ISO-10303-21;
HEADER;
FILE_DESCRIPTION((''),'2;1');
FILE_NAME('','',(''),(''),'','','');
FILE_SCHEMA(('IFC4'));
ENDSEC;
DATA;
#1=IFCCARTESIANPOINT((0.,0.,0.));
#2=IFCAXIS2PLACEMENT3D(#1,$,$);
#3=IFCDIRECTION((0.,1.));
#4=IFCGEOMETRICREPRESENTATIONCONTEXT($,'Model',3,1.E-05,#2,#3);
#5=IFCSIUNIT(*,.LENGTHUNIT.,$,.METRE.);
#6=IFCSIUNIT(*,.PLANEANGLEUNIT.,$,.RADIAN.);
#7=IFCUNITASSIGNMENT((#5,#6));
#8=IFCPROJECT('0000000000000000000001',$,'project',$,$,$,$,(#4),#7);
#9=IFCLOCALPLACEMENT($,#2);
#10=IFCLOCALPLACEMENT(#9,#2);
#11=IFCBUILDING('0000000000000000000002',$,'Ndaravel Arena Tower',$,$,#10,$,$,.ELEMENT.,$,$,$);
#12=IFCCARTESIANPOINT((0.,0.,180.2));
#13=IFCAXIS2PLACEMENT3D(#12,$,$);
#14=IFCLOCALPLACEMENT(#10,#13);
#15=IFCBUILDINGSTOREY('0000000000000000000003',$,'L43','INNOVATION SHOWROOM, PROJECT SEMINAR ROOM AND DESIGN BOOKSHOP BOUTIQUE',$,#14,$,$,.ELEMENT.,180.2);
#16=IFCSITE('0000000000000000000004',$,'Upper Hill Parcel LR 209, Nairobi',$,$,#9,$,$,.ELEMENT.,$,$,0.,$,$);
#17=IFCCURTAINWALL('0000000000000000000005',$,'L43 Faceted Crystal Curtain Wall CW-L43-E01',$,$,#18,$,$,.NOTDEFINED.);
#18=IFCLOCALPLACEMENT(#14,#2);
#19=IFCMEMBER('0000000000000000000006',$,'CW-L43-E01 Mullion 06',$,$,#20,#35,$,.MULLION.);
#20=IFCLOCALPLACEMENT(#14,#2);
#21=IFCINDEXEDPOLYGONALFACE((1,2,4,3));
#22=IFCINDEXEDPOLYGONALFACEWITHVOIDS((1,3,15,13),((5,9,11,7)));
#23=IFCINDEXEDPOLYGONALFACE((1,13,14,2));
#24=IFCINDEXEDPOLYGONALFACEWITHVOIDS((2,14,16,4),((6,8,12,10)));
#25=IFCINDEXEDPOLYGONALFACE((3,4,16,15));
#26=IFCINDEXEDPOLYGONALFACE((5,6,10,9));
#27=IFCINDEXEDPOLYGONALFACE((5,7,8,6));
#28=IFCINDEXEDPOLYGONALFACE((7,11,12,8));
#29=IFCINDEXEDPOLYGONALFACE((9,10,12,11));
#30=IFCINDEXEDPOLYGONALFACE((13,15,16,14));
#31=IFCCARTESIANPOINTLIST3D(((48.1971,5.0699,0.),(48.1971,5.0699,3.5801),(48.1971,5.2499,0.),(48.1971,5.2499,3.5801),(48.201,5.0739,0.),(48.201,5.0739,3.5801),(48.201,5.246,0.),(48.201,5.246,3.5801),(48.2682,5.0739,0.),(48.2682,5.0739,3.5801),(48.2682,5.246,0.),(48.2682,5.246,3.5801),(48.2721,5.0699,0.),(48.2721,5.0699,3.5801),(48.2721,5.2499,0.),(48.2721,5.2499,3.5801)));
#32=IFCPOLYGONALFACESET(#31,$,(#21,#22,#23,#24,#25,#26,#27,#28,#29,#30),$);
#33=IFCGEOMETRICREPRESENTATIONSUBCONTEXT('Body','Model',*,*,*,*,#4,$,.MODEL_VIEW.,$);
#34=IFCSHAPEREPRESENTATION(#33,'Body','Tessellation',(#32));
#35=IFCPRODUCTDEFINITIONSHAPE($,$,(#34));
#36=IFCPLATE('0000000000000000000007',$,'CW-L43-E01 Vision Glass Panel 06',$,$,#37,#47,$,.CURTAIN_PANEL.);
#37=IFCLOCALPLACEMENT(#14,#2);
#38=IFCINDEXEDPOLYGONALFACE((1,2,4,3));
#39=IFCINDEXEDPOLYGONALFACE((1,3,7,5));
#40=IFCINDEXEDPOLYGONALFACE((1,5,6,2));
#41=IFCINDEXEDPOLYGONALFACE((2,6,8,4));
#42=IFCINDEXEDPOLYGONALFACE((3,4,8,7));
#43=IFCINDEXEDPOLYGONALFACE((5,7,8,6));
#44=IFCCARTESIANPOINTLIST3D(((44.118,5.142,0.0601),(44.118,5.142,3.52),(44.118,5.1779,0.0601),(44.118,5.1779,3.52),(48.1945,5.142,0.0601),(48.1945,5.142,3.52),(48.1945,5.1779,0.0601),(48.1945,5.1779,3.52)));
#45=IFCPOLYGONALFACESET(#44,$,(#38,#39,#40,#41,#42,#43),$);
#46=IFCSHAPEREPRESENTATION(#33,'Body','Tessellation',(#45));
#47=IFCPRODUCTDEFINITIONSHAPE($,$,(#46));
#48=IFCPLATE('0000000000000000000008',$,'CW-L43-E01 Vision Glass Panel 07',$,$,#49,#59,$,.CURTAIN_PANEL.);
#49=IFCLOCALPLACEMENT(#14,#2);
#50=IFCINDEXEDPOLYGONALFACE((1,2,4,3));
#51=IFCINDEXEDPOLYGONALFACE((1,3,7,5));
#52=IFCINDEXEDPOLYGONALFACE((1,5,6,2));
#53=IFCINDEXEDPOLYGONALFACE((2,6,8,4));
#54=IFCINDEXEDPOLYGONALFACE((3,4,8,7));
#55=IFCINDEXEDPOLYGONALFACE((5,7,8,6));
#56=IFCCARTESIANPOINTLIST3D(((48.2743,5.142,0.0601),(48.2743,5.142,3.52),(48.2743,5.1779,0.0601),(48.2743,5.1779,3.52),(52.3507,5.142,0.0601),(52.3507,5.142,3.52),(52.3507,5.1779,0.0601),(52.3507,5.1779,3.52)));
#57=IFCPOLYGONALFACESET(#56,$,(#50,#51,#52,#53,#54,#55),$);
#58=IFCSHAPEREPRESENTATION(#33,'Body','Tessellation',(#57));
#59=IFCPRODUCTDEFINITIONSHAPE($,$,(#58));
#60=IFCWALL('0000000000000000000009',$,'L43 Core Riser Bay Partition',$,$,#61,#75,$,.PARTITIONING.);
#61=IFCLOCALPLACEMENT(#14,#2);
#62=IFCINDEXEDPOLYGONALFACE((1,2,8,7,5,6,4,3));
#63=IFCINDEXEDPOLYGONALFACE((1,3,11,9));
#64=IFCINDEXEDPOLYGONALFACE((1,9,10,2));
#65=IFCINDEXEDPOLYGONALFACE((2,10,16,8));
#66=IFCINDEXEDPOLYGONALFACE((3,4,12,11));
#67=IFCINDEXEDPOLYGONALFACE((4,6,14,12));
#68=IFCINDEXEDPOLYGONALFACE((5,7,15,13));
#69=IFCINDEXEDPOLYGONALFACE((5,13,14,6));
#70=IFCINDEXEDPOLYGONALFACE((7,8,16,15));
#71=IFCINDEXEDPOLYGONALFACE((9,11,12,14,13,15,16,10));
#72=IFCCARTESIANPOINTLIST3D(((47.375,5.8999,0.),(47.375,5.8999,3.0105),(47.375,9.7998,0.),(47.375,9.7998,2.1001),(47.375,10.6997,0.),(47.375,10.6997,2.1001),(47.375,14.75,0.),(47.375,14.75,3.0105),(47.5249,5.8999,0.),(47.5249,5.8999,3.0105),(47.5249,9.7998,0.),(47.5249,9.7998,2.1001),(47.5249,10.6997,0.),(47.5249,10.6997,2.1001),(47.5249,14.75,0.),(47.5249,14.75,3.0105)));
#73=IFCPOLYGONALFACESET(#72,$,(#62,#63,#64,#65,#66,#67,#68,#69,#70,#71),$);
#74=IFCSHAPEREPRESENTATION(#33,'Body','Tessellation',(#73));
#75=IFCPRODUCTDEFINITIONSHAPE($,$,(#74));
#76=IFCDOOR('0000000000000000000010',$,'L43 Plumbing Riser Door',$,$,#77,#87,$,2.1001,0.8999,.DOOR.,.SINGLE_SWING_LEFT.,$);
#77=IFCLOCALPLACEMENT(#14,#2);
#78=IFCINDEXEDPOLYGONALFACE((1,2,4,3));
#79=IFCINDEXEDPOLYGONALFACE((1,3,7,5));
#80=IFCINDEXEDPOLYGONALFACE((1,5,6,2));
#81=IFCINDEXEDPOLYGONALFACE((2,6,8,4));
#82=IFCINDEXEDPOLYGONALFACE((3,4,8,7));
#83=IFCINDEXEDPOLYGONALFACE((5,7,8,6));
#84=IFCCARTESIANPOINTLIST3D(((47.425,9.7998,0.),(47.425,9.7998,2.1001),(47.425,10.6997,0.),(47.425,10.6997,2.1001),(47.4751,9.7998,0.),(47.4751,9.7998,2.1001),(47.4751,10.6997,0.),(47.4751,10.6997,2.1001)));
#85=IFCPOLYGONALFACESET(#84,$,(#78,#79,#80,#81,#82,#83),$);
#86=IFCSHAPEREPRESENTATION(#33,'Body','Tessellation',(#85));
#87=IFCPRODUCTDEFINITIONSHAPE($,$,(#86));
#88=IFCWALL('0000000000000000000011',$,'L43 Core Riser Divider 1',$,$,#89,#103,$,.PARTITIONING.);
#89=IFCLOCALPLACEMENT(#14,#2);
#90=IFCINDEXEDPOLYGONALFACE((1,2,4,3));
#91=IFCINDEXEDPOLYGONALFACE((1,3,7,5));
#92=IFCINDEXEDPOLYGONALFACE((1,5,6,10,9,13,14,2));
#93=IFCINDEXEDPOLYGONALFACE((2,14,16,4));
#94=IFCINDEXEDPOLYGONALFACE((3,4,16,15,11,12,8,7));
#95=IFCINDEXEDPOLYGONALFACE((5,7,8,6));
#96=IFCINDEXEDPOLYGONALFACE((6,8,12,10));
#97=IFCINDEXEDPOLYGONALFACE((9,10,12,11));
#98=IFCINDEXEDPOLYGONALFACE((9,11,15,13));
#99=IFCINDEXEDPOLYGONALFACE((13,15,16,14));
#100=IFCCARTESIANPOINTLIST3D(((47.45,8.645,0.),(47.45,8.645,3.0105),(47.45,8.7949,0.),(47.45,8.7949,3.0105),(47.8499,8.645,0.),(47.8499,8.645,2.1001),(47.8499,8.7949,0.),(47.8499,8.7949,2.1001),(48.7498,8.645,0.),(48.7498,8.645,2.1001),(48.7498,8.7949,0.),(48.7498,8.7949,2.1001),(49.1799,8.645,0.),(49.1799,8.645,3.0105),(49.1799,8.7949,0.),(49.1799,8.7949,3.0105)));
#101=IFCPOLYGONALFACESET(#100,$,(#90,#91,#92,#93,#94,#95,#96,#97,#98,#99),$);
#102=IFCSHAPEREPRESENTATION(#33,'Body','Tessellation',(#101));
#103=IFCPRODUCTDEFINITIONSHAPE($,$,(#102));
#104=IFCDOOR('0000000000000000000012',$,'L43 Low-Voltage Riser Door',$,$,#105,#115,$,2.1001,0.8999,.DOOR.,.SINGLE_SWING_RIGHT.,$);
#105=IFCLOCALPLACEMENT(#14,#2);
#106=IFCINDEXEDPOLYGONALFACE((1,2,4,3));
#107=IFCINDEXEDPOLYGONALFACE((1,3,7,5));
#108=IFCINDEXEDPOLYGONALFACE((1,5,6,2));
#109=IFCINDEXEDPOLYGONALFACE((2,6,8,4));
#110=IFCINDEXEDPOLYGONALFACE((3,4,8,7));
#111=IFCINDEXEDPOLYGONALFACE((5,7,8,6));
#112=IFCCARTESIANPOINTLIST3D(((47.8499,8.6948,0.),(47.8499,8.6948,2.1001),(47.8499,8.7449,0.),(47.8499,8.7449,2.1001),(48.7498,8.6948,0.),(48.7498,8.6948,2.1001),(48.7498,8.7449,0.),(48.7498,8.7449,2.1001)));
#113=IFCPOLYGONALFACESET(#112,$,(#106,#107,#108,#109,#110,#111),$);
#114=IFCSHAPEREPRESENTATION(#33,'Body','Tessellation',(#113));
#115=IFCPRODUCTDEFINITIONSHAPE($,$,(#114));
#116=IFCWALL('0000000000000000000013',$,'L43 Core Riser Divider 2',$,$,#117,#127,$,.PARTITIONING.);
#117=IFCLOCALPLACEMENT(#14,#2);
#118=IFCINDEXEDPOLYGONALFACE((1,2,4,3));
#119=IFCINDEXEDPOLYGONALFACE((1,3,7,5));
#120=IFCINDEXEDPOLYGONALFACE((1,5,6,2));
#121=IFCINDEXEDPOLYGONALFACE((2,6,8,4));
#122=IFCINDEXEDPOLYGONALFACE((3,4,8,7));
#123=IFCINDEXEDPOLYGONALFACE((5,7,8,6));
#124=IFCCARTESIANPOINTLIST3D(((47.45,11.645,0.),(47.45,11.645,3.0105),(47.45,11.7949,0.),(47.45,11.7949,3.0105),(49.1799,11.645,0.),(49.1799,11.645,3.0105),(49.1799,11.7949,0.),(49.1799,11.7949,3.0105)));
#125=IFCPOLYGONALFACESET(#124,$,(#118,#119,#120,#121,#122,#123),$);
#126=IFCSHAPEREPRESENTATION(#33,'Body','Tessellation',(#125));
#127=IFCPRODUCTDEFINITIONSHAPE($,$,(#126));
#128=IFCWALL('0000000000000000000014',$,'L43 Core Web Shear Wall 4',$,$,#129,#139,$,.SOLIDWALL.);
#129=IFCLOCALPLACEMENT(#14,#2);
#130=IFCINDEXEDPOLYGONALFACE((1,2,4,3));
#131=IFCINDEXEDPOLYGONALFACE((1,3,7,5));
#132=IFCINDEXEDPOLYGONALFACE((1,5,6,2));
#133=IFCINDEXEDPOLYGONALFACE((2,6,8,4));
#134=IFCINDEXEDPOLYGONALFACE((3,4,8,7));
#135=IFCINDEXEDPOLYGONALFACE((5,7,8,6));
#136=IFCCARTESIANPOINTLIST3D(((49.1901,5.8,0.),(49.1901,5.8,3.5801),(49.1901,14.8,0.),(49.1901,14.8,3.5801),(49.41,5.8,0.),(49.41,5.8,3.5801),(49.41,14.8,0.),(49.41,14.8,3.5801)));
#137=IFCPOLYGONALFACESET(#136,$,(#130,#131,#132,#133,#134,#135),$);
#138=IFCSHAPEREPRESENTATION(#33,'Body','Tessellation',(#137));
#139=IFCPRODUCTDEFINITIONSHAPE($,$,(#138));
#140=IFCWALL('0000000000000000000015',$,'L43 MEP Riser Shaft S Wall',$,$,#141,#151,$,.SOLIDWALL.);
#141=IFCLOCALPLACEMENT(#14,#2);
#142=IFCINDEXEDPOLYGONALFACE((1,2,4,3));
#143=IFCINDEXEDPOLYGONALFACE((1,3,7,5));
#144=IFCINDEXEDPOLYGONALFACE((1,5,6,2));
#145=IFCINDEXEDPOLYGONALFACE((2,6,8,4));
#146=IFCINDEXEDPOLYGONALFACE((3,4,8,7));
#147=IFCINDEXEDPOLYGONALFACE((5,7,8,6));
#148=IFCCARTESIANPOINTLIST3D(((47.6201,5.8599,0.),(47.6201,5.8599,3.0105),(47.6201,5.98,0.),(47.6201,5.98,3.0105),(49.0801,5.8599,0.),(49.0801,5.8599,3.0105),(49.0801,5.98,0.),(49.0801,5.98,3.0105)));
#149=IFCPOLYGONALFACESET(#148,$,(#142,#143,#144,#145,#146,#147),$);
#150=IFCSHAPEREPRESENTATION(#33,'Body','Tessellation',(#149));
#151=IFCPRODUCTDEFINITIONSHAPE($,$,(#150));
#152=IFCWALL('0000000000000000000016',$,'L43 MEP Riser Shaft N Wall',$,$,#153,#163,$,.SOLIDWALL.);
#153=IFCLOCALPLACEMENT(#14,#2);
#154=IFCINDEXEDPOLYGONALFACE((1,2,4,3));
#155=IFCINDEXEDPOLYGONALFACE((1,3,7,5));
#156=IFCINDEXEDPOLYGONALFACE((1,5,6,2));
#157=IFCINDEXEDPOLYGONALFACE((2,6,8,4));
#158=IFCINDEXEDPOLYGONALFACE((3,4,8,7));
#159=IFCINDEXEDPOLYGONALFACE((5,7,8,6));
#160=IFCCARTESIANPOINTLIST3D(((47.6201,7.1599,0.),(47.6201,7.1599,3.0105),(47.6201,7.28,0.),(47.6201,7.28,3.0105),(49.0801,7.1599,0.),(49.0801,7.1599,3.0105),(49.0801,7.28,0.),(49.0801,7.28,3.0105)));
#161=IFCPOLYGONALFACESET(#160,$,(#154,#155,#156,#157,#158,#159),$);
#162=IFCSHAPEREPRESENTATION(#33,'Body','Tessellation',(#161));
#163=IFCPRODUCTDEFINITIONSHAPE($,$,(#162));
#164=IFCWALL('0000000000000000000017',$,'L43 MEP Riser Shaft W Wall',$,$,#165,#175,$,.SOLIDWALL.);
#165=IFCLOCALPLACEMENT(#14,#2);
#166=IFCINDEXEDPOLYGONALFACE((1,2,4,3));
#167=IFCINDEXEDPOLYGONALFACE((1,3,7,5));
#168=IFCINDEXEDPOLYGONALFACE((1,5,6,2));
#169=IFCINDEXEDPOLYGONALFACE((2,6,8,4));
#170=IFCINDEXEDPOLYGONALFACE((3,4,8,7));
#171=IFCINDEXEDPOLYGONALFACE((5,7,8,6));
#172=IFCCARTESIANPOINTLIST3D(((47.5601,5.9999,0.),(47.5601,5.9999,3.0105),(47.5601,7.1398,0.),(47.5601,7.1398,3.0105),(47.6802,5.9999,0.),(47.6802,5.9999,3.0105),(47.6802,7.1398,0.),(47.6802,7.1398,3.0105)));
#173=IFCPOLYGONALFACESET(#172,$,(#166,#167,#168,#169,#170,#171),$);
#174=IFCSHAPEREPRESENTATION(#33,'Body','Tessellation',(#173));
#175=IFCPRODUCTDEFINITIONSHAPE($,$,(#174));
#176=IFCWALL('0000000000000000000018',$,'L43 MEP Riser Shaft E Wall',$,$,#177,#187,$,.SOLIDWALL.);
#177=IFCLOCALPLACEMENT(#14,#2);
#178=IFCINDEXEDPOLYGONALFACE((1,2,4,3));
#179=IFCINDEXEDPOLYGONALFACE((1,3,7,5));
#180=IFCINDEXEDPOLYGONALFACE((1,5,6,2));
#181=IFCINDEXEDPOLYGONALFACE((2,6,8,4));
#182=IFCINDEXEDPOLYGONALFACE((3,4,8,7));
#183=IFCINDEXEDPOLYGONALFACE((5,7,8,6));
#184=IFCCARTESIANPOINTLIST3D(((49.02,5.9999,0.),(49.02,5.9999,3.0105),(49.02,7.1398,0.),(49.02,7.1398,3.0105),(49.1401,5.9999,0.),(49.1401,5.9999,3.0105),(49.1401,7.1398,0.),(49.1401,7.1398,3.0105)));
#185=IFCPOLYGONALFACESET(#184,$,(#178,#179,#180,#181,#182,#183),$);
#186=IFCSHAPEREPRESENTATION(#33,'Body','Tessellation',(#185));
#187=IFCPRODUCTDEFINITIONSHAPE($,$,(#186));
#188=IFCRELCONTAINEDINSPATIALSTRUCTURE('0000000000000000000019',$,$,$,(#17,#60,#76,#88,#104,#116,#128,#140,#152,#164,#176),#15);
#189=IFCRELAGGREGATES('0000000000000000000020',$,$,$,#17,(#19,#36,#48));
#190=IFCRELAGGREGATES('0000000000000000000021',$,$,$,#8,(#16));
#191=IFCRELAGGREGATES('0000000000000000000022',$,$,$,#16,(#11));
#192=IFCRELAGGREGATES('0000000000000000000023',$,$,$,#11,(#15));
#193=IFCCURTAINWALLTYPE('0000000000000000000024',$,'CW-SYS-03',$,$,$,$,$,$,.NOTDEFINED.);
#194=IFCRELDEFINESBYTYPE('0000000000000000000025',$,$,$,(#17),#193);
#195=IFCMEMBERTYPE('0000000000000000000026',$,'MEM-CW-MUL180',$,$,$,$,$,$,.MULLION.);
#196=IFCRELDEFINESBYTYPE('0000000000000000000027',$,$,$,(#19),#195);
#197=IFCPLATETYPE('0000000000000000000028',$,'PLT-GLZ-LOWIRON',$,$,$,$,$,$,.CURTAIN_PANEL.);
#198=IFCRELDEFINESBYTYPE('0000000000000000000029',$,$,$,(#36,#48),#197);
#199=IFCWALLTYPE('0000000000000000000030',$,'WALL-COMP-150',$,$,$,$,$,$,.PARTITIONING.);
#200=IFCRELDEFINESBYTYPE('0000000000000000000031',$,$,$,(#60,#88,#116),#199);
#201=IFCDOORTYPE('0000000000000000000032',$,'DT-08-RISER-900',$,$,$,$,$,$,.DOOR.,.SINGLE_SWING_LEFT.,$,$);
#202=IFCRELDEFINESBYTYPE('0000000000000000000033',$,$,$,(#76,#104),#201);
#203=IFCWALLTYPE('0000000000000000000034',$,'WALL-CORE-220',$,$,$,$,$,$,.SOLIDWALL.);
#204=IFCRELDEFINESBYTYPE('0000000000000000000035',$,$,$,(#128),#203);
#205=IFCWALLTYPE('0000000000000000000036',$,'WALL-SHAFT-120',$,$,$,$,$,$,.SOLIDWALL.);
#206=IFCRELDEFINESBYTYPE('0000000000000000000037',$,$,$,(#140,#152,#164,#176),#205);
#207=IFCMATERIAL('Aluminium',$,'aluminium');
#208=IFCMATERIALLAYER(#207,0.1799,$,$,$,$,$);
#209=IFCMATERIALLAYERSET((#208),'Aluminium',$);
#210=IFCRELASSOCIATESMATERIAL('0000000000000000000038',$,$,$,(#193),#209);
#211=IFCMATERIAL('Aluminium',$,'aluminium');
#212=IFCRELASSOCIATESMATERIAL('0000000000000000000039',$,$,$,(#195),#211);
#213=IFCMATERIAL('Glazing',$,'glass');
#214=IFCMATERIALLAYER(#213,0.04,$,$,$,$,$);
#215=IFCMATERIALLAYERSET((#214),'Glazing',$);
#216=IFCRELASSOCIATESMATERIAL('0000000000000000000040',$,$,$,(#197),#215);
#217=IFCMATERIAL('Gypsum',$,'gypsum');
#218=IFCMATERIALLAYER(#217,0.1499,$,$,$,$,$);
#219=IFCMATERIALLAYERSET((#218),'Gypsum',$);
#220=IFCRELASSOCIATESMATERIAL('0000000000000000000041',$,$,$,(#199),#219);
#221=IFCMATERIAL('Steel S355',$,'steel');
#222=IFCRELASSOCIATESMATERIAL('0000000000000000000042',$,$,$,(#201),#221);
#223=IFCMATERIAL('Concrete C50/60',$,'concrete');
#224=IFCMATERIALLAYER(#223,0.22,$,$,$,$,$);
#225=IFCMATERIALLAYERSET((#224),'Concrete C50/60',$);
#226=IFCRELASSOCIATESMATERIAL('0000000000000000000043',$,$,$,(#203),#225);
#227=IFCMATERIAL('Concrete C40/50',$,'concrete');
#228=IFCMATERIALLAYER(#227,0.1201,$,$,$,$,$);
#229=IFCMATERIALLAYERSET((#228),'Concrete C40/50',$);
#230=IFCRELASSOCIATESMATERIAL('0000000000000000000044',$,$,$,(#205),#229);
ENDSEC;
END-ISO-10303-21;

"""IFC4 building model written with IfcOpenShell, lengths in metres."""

from ifc_helpers import new_model, si_unit, direction, frame, frame_2d, origin, origin_2d, place, context, subcontext, project, spatial, rectangle, hollow_rectangle, extrude, material, layer, layer_set, material_profile, profile_set, type_object, element, fill, aggregate, save


model = new_model("IFC4")

# Units and contexts
model_context = context("Model", 3, precision=1e-05, world=origin(), true_north=direction((0.0, 1.0)))
body_context = subcontext(model_context, "Body", "Model", "MODEL_VIEW")
ifc_project = project(units=[si_unit("LENGTHUNIT", "METRE"), si_unit("PLANEANGLEUNIT", "RADIAN")], contexts=[model_context])

# Site, building, storey
site_placement = place(None, origin())
site = spatial("IfcSite", under=ifc_project, at=site_placement, Name="Upper Hill Parcel LR 209, Nairobi", CompositionType="ELEMENT", RefElevation=0.0)
building_placement = place(site_placement, origin())
building = spatial("IfcBuilding", under=site, at=building_placement, Name="Ndaravel Arena Tower", CompositionType="ELEMENT")
storey_placement = place(building_placement, frame((0.0, 0.0, 180.2)))
storey = spatial("IfcBuildingStorey", under=building, at=storey_placement, Name="L43", Description="INNOVATION SHOWROOM, PROJECT SEMINAR ROOM AND DESIGN BOOKSHOP BOUTIQUE", CompositionType="ELEMENT", Elevation=180.2)

# Curtain wall, member, plates
ifc_material_1 = material(Name="Aluminium", Category="aluminium")
ifc_layer_1 = layer(ifc_material_1, 0.1799)
ifc_layer_set_1 = layer_set([ifc_layer_1], Name="Aluminium")
curtain_wall_type = type_object("IfcCurtainWallType", Name="CW-SYS-03", PredefinedType="NOTDEFINED", material=ifc_layer_set_1)
curtain_wall_placement = place(storey_placement, origin())
curtain_wall = element("IfcCurtainWall", 1, at=curtain_wall_placement, inside=storey, type_object=curtain_wall_type, Name="L43 Faceted Crystal Curtain Wall CW-L43-E01", PredefinedType="NOTDEFINED")
ifc_material_2 = material(Name="Aluminium", Category="aluminium")
ifc_material_profile = material_profile(ifc_material_2, hollow_rectangle(XDim=0.075, YDim=0.1799, WallThickness=0.0039, at=origin_2d()), Name="CW MULLION 75x180x4")
ifc_profile_set = profile_set([ifc_material_profile], Name="Aluminium")
member_type = type_object("IfcMemberType", Name="MEM-CW-MUL180", PredefinedType="MULLION", material=ifc_profile_set)
member_placement = place(storey_placement, frame((48.2346, 5.1599, 0.0), z_axis=(0.0, 0.0, 1.0), x_axis=(1.0, 0.0, 0.0)))
member = element("IfcMember", 2, at=member_placement, type_object=member_type, Name="CW-L43-E01 Mullion 06", PredefinedType="MULLION", context=body_context, shape_type="SweptSolid", body=[
    extrude(hollow_rectangle(XDim=0.075, YDim=0.1799, WallThickness=0.0039, at=origin_2d()), origin(), (0.0, 0.0, 1.0), 3.5801),
])
ifc_material_3 = material(Name="Glazing", Category="glass")
ifc_layer_2 = layer(ifc_material_3, 0.04)
ifc_layer_set_2 = layer_set([ifc_layer_2], Name="Glazing")
plate_type = type_object("IfcPlateType", Name="PLT-GLZ-LOWIRON", PredefinedType="CURTAIN_PANEL", material=ifc_layer_set_2)
plate_1_placement = place(storey_placement, frame((46.1562, 5.1599, 0.0601), z_axis=(0.0, 0.0, 1.0), x_axis=(1.0, 0.0, 0.0)))
plate_1 = element("IfcPlate", 3, at=plate_1_placement, type_object=plate_type, Name="CW-L43-E01 Vision Glass Panel 06", PredefinedType="CURTAIN_PANEL", context=body_context, shape_type="SweptSolid", body=[
    extrude(rectangle(XDim=4.0764, YDim=0.0359, at=origin_2d()), origin(), (0.0, 0.0, 1.0), 3.46),
])
plate_2_placement = place(storey_placement, frame((50.3125, 5.1599, 0.0601), z_axis=(0.0, 0.0, 1.0), x_axis=(1.0, 0.0, 0.0)))
plate_2 = element("IfcPlate", 4, at=plate_2_placement, type_object=plate_type, Name="CW-L43-E01 Vision Glass Panel 07", PredefinedType="CURTAIN_PANEL", context=body_context, shape_type="SweptSolid", body=[
    extrude(rectangle(XDim=4.0764, YDim=0.0359, at=origin_2d()), origin(), (0.0, 0.0, 1.0), 3.46),
])
aggregate(curtain_wall, [member, plate_1, plate_2])

# Walls, openings, doors
ifc_material_4 = material(Name="Gypsum", Category="gypsum")
ifc_layer_3 = layer(ifc_material_4, 0.1499)
ifc_layer_set_3 = layer_set([ifc_layer_3], Name="Gypsum")
wall_type_1 = type_object("IfcWallType", Name="WALL-COMP-150", PredefinedType="PARTITIONING", material=ifc_layer_set_3)
wall_1_placement = place(storey_placement, frame((47.45, 5.8999, 0.0), z_axis=(0.0, 0.0, 1.0), x_axis=(0.0, 1.0, 0.0)))
wall_1 = element("IfcWall", 5, at=wall_1_placement, inside=storey, type_object=wall_type_1, Name="L43 Core Riser Bay Partition", PredefinedType="PARTITIONING", context=body_context, shape_type="SweptSolid", body=[
    extrude(rectangle(XDim=8.8501, YDim=0.1499, at=frame_2d((4.425, 0.0))), origin(), (0.0, 0.0, 1.0), 3.0105),
])
opening_1_placement = place(wall_1_placement, frame((3.8999, 0.0, 0.0)))
opening_1 = element("IfcOpeningElement", 6, at=opening_1_placement, cuts=wall_1, PredefinedType="OPENING", context=body_context, shape_type="SweptSolid", body=[
    extrude(rectangle(XDim=0.8999, YDim=2.1001, at=frame_2d((0.45, 1.05))), frame((0.0, 0.075, 0.0), z_axis=(0.0, -1.0, 0.0), x_axis=(1.0, 0.0, 0.0)), (0.0, 0.0, 1.0), 0.1499),
])
ifc_material_5 = material(Name="Steel S355", Category="steel")
door_type_1 = type_object("IfcDoorType", Name="DT-08-RISER-900", OperationType="SINGLE_SWING_LEFT", PredefinedType="DOOR", material=ifc_material_5)
door_1_placement = place(opening_1_placement, origin())
door_1 = element("IfcDoor", 7, at=door_1_placement, inside=storey, type_object=door_type_1, Name="L43 Plumbing Riser Door", OperationType="SINGLE_SWING_LEFT", OverallHeight=2.1001, OverallWidth=0.8999, PredefinedType="DOOR", context=body_context, shape_type="SweptSolid", body=[
    extrude(rectangle(XDim=0.8999, YDim=2.1001, at=frame_2d((0.45, 1.05))), frame((0.0, 0.0249, 0.0), z_axis=(0.0, -1.0, 0.0), x_axis=(1.0, 0.0, 0.0)), (0.0, 0.0, 1.0), 0.05),
])
fill(opening_1, door_1)
wall_2_placement = place(storey_placement, frame((47.45, 8.72, 0.0), z_axis=(0.0, 0.0, 1.0), x_axis=(1.0, 0.0, 0.0)))
wall_2 = element("IfcWall", 8, at=wall_2_placement, inside=storey, type_object=wall_type_1, Name="L43 Core Riser Divider 1", PredefinedType="PARTITIONING", context=body_context, shape_type="SweptSolid", body=[
    extrude(rectangle(XDim=1.73, YDim=0.1499, at=frame_2d((0.865, 0.0))), origin(), (0.0, 0.0, 1.0), 3.0105),
])
opening_2_placement = place(wall_2_placement, frame((0.3999, 0.0, 0.0)))
opening_2 = element("IfcOpeningElement", 9, at=opening_2_placement, cuts=wall_2, PredefinedType="OPENING", context=body_context, shape_type="SweptSolid", body=[
    extrude(rectangle(XDim=0.8999, YDim=2.1001, at=frame_2d((0.45, 1.05))), frame((0.0, 0.075, 0.0), z_axis=(0.0, -1.0, 0.0), x_axis=(1.0, 0.0, 0.0)), (0.0, 0.0, 1.0), 0.1499),
])
door_2_placement = place(opening_2_placement, origin())
door_2 = element("IfcDoor", 10, at=door_2_placement, inside=storey, type_object=door_type_1, Name="L43 Low-Voltage Riser Door", OperationType="SINGLE_SWING_RIGHT", OverallHeight=2.1001, OverallWidth=0.8999, PredefinedType="DOOR", context=body_context, shape_type="SweptSolid", body=[
    extrude(rectangle(XDim=0.8999, YDim=2.1001, at=frame_2d((0.45, 1.05))), frame((0.0, 0.0249, 0.0), z_axis=(0.0, -1.0, 0.0), x_axis=(1.0, 0.0, 0.0)), (0.0, 0.0, 1.0), 0.05),
])
fill(opening_2, door_2)

# Walls
wall_3_placement = place(storey_placement, frame((47.45, 11.72, 0.0), z_axis=(0.0, 0.0, 1.0), x_axis=(1.0, 0.0, 0.0)))
element("IfcWall", 11, at=wall_3_placement, inside=storey, type_object=wall_type_1, Name="L43 Core Riser Divider 2", PredefinedType="PARTITIONING", context=body_context, shape_type="SweptSolid", body=[
    extrude(rectangle(XDim=1.73, YDim=0.1499, at=frame_2d((0.865, 0.0))), origin(), (0.0, 0.0, 1.0), 3.0105),
])
ifc_material_6 = material(Name="Concrete C50/60", Category="concrete")
ifc_layer_4 = layer(ifc_material_6, 0.22)
ifc_layer_set_4 = layer_set([ifc_layer_4], Name="Concrete C50/60")
wall_type_2 = type_object("IfcWallType", Name="WALL-CORE-220", PredefinedType="SOLIDWALL", material=ifc_layer_set_4)
wall_4_placement = place(storey_placement, frame((49.3, 5.8, 0.0), z_axis=(0.0, 0.0, 1.0), x_axis=(0.0, 1.0, 0.0)))
element("IfcWall", 12, at=wall_4_placement, inside=storey, type_object=wall_type_2, Name="L43 Core Web Shear Wall 4", PredefinedType="SOLIDWALL", context=body_context, shape_type="SweptSolid", body=[
    extrude(rectangle(XDim=9.0, YDim=0.22, at=frame_2d((4.5, 0.0))), origin(), (0.0, 0.0, 1.0), 3.5801),
])
ifc_material_7 = material(Name="Concrete C40/50", Category="concrete")
ifc_layer_5 = layer(ifc_material_7, 0.1201)
ifc_layer_set_5 = layer_set([ifc_layer_5], Name="Concrete C40/50")
wall_type_3 = type_object("IfcWallType", Name="WALL-SHAFT-120", PredefinedType="SOLIDWALL", material=ifc_layer_set_5)
for number, where, z_axis, x_axis, name in (
    (13, (47.6201, 5.9199, 0.0), (0.0, 0.0, 1.0), (1.0, 0.0, 0.0), "L43 MEP Riser Shaft S Wall"),
    (14, (47.6201, 7.22, 0.0), (0.0, 0.0, 1.0), (1.0, 0.0, 0.0), "L43 MEP Riser Shaft N Wall"),
):
    element("IfcWall", number, at=place(storey_placement, frame(where, z_axis=z_axis, x_axis=x_axis)), inside=storey, type_object=wall_type_3, Name=name, PredefinedType="SOLIDWALL", context=body_context, shape_type="SweptSolid", body=[
        extrude(rectangle(XDim=1.46, YDim=0.1201, at=frame_2d((0.73, 0.0))), origin(), (0.0, 0.0, 1.0), 3.0105),
    ])
for number, where, z_axis, x_axis, name in (
    (15, (47.6201, 6.0, 0.0), (0.0, 0.0, 1.0), (0.0, 1.0, 0.0), "L43 MEP Riser Shaft W Wall"),
    (16, (49.0801, 6.0, 0.0), (0.0, 0.0, 1.0), (0.0, 1.0, 0.0), "L43 MEP Riser Shaft E Wall"),
):
    element("IfcWall", number, at=place(storey_placement, frame(where, z_axis=z_axis, x_axis=x_axis)), inside=storey, type_object=wall_type_3, Name=name, PredefinedType="SOLIDWALL", context=body_context, shape_type="SweptSolid", body=[
        extrude(rectangle(XDim=1.1399, YDim=0.1201, at=frame_2d((0.5698, 0.0))), origin(), (0.0, 0.0, 1.0), 3.0105),
    ])

save(model, "model.ifc")
